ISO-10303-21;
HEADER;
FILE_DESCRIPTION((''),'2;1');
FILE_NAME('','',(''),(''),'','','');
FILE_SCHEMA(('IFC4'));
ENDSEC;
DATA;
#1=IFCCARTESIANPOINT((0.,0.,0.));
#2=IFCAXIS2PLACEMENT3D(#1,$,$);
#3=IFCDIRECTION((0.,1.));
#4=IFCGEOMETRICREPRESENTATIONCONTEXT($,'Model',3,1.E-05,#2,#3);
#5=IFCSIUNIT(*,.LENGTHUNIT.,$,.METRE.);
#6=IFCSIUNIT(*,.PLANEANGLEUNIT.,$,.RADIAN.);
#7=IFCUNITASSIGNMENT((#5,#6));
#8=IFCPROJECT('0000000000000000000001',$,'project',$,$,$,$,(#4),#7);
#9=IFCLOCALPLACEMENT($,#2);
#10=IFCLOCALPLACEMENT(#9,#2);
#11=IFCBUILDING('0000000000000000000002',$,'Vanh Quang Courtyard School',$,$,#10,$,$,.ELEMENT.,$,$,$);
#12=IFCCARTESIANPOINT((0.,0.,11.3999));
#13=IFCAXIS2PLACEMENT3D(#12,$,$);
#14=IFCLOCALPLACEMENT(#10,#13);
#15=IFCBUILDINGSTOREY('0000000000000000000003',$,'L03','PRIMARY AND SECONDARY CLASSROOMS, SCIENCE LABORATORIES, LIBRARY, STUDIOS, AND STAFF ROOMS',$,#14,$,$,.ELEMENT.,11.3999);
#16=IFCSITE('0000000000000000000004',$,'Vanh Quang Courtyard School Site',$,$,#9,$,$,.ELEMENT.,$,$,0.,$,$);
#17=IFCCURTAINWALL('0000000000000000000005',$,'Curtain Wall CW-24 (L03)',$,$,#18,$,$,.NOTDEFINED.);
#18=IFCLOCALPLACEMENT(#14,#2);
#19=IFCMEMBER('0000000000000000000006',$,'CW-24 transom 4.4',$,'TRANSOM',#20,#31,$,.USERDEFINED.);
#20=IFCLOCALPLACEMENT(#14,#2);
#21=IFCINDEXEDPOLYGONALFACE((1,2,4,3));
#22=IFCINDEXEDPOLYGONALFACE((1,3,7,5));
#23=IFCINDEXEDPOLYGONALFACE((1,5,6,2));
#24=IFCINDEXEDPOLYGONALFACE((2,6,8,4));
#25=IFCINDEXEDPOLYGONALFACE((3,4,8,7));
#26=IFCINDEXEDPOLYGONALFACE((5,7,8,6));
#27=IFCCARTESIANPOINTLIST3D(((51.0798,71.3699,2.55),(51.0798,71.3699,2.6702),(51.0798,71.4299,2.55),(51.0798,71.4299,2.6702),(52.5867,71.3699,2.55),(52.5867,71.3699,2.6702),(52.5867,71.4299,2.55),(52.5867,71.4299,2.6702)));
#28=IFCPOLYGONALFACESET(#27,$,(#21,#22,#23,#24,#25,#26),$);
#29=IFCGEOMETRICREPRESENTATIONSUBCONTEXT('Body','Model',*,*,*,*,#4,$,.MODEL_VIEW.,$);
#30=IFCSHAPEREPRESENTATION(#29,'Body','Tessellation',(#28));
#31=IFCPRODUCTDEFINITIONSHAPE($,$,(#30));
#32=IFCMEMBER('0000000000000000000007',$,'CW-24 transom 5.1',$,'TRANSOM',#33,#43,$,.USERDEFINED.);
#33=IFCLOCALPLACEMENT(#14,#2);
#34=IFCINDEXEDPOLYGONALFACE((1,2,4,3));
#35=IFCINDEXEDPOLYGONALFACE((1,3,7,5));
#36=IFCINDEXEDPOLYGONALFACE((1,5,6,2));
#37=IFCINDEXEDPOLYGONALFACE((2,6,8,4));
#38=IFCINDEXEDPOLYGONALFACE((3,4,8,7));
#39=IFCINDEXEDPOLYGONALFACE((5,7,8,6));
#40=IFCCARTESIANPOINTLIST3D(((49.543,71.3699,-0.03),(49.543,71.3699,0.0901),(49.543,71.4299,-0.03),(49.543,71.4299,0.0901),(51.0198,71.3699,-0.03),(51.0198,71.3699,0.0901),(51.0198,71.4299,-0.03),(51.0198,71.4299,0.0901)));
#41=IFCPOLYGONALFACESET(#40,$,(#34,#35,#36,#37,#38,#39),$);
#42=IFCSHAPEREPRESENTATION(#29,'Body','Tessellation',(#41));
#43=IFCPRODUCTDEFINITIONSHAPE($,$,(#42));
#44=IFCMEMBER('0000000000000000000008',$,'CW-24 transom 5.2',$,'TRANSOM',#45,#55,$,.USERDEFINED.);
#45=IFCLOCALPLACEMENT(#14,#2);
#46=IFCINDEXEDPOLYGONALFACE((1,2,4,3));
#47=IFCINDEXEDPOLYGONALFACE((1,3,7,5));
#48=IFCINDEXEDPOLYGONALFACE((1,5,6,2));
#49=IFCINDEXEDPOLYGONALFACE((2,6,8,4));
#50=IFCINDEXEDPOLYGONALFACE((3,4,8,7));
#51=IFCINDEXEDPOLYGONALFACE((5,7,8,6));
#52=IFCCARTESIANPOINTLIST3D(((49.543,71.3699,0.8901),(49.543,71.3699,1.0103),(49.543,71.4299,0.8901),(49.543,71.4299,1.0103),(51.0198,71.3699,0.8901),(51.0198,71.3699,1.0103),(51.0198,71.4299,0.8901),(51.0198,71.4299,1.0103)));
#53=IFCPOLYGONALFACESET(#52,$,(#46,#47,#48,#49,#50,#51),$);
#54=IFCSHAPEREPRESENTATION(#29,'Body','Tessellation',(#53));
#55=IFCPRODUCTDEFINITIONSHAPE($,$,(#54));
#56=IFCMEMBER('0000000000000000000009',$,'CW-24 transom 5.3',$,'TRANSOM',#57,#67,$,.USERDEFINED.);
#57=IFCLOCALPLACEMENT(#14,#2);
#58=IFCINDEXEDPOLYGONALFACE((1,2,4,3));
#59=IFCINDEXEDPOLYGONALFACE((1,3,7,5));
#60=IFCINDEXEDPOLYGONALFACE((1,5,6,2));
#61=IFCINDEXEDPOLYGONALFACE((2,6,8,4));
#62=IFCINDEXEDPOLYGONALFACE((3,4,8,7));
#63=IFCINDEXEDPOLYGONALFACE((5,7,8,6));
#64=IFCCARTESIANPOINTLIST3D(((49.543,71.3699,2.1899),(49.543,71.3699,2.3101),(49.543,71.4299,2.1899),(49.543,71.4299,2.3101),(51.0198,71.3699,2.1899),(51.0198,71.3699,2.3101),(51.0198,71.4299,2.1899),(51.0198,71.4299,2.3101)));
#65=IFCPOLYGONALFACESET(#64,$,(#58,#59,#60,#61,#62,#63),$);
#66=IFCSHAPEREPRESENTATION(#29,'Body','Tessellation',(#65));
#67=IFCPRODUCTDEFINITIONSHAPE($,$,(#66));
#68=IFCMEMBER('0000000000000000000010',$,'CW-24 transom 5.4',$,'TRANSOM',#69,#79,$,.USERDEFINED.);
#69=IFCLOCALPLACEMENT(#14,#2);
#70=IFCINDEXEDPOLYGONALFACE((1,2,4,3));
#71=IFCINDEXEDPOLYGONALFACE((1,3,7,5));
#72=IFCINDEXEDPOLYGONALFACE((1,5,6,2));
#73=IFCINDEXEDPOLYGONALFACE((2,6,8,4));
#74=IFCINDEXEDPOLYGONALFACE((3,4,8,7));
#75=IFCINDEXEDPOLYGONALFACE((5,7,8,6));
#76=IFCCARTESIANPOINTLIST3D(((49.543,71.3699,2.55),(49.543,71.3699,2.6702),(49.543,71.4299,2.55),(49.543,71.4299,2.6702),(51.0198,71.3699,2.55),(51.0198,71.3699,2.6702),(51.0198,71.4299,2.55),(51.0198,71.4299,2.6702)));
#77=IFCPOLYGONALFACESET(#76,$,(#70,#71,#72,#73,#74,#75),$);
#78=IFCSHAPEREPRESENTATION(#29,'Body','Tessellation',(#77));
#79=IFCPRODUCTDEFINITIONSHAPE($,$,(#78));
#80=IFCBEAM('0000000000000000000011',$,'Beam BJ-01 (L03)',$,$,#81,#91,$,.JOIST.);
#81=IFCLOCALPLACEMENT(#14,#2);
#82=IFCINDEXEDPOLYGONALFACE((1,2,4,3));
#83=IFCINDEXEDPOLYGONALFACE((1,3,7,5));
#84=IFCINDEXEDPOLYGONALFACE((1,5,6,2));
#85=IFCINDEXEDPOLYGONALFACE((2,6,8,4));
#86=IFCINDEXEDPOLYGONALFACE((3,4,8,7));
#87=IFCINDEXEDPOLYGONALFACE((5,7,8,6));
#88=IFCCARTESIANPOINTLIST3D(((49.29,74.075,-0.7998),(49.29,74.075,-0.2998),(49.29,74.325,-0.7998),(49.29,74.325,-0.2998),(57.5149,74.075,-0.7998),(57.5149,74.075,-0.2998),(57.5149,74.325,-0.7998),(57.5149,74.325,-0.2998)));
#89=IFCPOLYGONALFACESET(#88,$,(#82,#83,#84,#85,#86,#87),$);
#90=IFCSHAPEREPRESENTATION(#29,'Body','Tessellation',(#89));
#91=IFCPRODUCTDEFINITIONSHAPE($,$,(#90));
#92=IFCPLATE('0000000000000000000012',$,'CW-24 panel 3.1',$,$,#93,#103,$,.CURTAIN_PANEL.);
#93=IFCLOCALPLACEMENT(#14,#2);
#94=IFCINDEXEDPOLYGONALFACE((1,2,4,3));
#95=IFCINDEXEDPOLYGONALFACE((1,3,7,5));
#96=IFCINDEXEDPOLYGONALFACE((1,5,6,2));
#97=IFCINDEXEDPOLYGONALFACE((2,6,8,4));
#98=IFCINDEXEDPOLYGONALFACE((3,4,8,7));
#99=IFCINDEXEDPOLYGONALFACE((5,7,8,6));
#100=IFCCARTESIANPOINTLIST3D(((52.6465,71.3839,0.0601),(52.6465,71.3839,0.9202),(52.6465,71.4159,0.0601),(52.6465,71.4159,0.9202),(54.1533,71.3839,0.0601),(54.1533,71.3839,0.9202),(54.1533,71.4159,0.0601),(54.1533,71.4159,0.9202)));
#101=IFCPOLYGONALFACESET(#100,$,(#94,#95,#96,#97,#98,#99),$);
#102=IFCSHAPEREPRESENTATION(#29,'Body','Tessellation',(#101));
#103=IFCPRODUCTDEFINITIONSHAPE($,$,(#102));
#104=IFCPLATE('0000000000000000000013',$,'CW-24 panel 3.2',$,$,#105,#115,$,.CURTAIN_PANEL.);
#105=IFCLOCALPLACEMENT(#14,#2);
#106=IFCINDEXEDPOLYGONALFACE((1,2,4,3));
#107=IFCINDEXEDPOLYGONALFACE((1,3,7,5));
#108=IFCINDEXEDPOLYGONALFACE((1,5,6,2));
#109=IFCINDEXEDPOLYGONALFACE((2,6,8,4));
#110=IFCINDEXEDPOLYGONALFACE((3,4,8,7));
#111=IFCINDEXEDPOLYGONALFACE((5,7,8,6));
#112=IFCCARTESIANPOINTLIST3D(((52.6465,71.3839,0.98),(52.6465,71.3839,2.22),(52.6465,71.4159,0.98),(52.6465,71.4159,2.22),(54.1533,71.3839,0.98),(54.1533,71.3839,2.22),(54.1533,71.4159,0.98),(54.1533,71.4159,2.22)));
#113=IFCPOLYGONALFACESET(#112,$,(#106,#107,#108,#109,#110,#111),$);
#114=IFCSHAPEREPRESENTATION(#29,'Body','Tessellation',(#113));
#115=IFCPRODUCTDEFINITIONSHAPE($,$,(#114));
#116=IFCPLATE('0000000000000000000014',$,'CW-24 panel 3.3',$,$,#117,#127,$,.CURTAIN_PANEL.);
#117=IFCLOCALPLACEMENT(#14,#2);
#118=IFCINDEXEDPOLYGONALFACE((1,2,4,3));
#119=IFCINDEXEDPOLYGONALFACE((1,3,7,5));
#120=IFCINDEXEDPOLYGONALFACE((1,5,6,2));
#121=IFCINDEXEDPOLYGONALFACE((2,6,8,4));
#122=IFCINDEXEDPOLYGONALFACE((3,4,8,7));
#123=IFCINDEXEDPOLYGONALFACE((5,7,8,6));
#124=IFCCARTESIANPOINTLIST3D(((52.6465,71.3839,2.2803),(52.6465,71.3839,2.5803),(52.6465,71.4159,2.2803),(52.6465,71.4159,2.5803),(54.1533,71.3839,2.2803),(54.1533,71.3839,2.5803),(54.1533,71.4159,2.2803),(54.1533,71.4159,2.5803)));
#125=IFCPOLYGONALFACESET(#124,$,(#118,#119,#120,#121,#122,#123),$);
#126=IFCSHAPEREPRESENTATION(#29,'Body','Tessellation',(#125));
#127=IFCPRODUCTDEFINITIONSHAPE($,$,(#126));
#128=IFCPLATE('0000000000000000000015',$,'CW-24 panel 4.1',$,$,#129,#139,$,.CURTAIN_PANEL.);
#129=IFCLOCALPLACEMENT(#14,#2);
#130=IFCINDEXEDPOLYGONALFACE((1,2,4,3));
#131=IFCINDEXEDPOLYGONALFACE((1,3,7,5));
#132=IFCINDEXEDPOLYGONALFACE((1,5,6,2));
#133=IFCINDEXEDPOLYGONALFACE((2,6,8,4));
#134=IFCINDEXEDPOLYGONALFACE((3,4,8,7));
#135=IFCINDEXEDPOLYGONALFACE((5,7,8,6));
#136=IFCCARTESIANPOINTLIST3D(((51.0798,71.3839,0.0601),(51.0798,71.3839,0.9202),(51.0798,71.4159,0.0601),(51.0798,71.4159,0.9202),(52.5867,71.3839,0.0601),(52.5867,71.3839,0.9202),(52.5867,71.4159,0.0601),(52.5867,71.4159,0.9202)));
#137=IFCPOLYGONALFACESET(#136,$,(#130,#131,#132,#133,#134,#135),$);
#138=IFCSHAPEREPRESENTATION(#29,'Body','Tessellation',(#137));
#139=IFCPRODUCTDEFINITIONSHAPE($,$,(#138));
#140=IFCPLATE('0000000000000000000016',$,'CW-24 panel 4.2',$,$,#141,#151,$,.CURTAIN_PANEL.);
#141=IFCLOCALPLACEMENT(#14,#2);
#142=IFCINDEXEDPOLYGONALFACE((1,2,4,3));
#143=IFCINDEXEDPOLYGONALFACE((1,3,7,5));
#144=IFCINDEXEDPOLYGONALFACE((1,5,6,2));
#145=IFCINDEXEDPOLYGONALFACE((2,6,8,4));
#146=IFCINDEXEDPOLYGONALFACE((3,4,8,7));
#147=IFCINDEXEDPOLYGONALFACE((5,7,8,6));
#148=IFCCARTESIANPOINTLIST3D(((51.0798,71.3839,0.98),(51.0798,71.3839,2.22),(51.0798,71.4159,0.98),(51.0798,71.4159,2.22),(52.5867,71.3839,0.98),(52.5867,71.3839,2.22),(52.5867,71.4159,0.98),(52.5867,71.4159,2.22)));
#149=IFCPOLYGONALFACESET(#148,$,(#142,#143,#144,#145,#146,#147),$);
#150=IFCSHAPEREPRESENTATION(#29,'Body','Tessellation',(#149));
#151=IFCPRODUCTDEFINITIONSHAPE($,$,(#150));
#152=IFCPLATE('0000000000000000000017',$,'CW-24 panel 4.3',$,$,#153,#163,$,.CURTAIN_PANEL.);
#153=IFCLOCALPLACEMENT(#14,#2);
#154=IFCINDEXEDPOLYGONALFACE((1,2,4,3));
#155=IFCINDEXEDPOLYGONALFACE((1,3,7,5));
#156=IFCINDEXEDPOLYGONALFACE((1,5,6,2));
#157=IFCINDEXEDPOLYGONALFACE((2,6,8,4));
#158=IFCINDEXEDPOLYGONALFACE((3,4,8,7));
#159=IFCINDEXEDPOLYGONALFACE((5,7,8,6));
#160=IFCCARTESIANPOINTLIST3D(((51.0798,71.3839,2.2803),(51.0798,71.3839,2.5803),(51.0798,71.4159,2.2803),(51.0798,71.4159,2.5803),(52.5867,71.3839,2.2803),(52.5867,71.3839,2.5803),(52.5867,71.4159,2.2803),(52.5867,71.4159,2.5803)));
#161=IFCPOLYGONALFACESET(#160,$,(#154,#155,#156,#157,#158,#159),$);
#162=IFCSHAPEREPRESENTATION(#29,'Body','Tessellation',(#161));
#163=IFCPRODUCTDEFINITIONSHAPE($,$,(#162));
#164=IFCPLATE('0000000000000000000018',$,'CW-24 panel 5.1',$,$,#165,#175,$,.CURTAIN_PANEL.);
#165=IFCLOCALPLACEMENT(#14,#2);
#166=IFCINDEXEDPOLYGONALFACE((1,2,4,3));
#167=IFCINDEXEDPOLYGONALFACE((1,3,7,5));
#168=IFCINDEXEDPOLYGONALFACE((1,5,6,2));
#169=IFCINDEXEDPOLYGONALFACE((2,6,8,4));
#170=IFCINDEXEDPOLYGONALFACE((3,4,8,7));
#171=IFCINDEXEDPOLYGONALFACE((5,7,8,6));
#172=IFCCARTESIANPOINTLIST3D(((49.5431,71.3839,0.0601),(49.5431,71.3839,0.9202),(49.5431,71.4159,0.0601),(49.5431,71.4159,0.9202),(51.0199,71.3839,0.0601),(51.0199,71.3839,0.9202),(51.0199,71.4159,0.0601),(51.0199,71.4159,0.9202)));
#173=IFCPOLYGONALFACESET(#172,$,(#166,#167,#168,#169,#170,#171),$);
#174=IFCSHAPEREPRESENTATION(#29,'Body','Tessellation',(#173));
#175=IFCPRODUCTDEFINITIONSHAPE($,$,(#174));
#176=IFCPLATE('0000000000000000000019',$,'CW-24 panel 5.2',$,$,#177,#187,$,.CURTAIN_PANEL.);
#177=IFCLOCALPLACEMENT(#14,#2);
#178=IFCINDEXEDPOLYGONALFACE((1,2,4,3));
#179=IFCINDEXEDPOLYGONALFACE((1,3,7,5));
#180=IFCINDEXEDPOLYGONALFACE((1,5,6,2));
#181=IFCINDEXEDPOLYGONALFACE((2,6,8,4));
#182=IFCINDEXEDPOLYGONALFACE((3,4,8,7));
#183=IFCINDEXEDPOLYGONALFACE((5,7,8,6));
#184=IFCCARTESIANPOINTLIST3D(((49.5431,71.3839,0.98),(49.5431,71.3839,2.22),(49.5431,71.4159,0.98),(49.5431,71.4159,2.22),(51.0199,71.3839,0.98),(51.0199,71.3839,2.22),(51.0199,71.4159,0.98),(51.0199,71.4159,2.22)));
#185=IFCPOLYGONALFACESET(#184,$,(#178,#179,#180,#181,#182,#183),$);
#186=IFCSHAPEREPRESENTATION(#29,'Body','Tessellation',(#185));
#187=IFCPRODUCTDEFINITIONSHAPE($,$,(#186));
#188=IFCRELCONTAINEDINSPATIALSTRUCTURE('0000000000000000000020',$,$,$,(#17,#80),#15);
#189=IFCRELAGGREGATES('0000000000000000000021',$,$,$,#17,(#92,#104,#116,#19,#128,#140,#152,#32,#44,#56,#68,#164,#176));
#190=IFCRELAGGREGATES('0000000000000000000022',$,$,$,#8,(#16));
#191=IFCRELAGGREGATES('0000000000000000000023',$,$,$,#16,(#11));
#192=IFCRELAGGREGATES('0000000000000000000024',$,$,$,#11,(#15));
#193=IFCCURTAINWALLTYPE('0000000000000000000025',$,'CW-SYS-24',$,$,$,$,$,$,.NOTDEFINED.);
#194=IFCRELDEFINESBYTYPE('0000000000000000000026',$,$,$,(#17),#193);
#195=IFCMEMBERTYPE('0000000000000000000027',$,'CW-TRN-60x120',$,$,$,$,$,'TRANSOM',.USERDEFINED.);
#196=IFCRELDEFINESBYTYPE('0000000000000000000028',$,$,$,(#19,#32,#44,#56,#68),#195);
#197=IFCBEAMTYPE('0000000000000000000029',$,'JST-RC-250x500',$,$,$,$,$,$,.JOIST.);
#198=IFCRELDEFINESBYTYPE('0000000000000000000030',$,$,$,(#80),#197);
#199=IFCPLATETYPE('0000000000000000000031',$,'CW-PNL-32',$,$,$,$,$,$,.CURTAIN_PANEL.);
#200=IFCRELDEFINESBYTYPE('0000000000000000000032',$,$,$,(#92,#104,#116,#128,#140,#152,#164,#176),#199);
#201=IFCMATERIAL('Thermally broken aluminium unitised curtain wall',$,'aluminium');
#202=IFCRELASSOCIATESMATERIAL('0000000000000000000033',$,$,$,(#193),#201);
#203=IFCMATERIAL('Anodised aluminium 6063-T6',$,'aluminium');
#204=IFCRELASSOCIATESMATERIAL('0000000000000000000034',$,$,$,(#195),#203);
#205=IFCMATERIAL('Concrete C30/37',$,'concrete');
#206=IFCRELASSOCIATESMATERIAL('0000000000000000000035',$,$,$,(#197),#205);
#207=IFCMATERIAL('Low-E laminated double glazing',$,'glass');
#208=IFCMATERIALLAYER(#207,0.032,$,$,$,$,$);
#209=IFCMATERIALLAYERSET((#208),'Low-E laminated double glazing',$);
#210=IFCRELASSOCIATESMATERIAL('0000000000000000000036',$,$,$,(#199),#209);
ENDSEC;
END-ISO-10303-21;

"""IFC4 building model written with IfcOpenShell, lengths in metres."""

from ifc_helpers import new_model, si_unit, direction, frame, origin, origin_2d, place, context, subcontext, project, spatial, rectangle, extrude, material, layer, layer_set, material_profile, profile_set, type_object, element, aggregate, save


model = new_model("IFC4")

# Units and contexts
model_context = context("Model", 3, precision=1e-05, world=origin(), true_north=direction((0.0, 1.0)))
body_context = subcontext(model_context, "Body", "Model", "MODEL_VIEW")
ifc_project = project(units=[si_unit("LENGTHUNIT", "METRE"), si_unit("PLANEANGLEUNIT", "RADIAN")], contexts=[model_context])

# Site, building, storey
site_placement = place(None, origin())
site = spatial("IfcSite", under=ifc_project, at=site_placement, Name="Vanh Quang Courtyard School Site", CompositionType="ELEMENT", RefElevation=0.0)
building_placement = place(site_placement, origin())
building = spatial("IfcBuilding", under=site, at=building_placement, Name="Vanh Quang Courtyard School", CompositionType="ELEMENT")
storey_placement = place(building_placement, frame((0.0, 0.0, 11.3999)))
storey = spatial("IfcBuildingStorey", under=building, at=storey_placement, Name="L03", Description="PRIMARY AND SECONDARY CLASSROOMS, SCIENCE LABORATORIES, LIBRARY, STUDIOS, AND STAFF ROOMS", CompositionType="ELEMENT", Elevation=11.3999)

# Curtain wall, members
ifc_material_1 = material(Name="Thermally broken aluminium unitised curtain wall", Category="aluminium")
curtain_wall_type = type_object("IfcCurtainWallType", Name="CW-SYS-24", PredefinedType="NOTDEFINED", material=ifc_material_1)
curtain_wall_placement = place(storey_placement, origin())
curtain_wall = element("IfcCurtainWall", 1, at=curtain_wall_placement, inside=storey, type_object=curtain_wall_type, Name="Curtain Wall CW-24 (L03)", PredefinedType="NOTDEFINED")
ifc_material_2 = material(Name="Anodised aluminium 6063-T6", Category="aluminium")
ifc_material_profile_1 = material_profile(ifc_material_2, rectangle(XDim=0.0601, YDim=0.1201, at=origin_2d()), Name="ALU-TRN 60x120")
ifc_profile_set_1 = profile_set([ifc_material_profile_1], Name="Anodised aluminium 6063-T6")
member_type_1 = type_object("IfcMemberType", Name="CW-TRN-60x120", ElementType="TRANSOM", PredefinedType="USERDEFINED", material=ifc_profile_set_1)
member_1_placement = place(storey_placement, frame((52.5867, 71.3999, 2.6101), z_axis=(-1.0, 0.0, 0.0), x_axis=(0.0, -1.0, 0.0)))
member_1 = element("IfcMember", 2, at=member_1_placement, type_object=member_type_1, Name="CW-24 transom 4.4", ObjectType="TRANSOM", PredefinedType="USERDEFINED", context=body_context, shape_type="SweptSolid", body=[
    extrude(rectangle(XDim=0.0601, YDim=0.1201, at=origin_2d()), origin(), (0.0, 0.0, 1.0), 1.5068),
])
member_2_placement = place(storey_placement, frame((51.0198, 71.3999, 0.03), z_axis=(-1.0, 0.0, 0.0), x_axis=(0.0, -1.0, 0.0)))
member_2 = element("IfcMember", 3, at=member_2_placement, type_object=member_type_1, Name="CW-24 transom 5.1", ObjectType="TRANSOM", PredefinedType="USERDEFINED", context=body_context, shape_type="SweptSolid", body=[
    extrude(rectangle(XDim=0.0601, YDim=0.1201, at=origin_2d()), origin(), (0.0, 0.0, 1.0), 1.4768),
])
member_3_placement = place(storey_placement, frame((51.0198, 71.3999, 0.9502), z_axis=(-1.0, 0.0, 0.0), x_axis=(0.0, -1.0, 0.0)))
member_3 = element("IfcMember", 4, at=member_3_placement, type_object=member_type_1, Name="CW-24 transom 5.2", ObjectType="TRANSOM", PredefinedType="USERDEFINED", context=body_context, shape_type="SweptSolid", body=[
    extrude(rectangle(XDim=0.0601, YDim=0.1201, at=origin_2d()), origin(), (0.0, 0.0, 1.0), 1.4768),
])
member_4_placement = place(storey_placement, frame((51.0198, 71.3999, 2.25), z_axis=(-1.0, 0.0, 0.0), x_axis=(0.0, -1.0, 0.0)))
member_4 = element("IfcMember", 5, at=member_4_placement, type_object=member_type_1, Name="CW-24 transom 5.3", ObjectType="TRANSOM", PredefinedType="USERDEFINED", context=body_context, shape_type="SweptSolid", body=[
    extrude(rectangle(XDim=0.0601, YDim=0.1201, at=origin_2d()), origin(), (0.0, 0.0, 1.0), 1.4768),
])
member_5_placement = place(storey_placement, frame((51.0198, 71.3999, 2.6101), z_axis=(-1.0, 0.0, 0.0), x_axis=(0.0, -1.0, 0.0)))
member_5 = element("IfcMember", 6, at=member_5_placement, type_object=member_type_1, Name="CW-24 transom 5.4", ObjectType="TRANSOM", PredefinedType="USERDEFINED", context=body_context, shape_type="SweptSolid", body=[
    extrude(rectangle(XDim=0.0601, YDim=0.1201, at=origin_2d()), origin(), (0.0, 0.0, 1.0), 1.4768),
])

# Beam
ifc_material_3 = material(Name="Concrete C30/37", Category="concrete")
ifc_material_profile_2 = material_profile(ifc_material_3, rectangle(XDim=0.25, YDim=0.5, at=origin_2d()), Name="RC-JST 250x500")
ifc_profile_set_2 = profile_set([ifc_material_profile_2], Name="Concrete C30/37")
beam_type_1 = type_object("IfcBeamType", Name="JST-RC-250x500", PredefinedType="JOIST", material=ifc_profile_set_2)
beam_1_placement = place(storey_placement, frame((49.29, 74.2, -0.5498), z_axis=(1.0, 0.0, 0.0), x_axis=(0.0, 1.0, 0.0)))
element("IfcBeam", 7, at=beam_1_placement, inside=storey, type_object=beam_type_1, Name="Beam BJ-01 (L03)", PredefinedType="JOIST", context=body_context, shape_type="SweptSolid", body=[
    extrude(rectangle(XDim=0.25, YDim=0.5, at=origin_2d()), origin(), (0.0, 0.0, 1.0), 8.2249),
])

# Plates
ifc_material_4 = material(Name="Low-E laminated double glazing", Category="glass")
ifc_layer_1 = layer(ifc_material_4, 0.032)
ifc_layer_set_1 = layer_set([ifc_layer_1], Name="Low-E laminated double glazing")
plate_type = type_object("IfcPlateType", Name="CW-PNL-32", PredefinedType="CURTAIN_PANEL", material=ifc_layer_set_1)
plate_1_placement = place(storey_placement, frame((53.3999, 71.3999, 0.0601), z_axis=(0.0, 0.0, 1.0), x_axis=(-1.0, 0.0, 0.0)))
plate_1 = element("IfcPlate", 8, at=plate_1_placement, type_object=plate_type, Name="CW-24 panel 3.1", PredefinedType="CURTAIN_PANEL", context=body_context, shape_type="SweptSolid", body=[
    extrude(rectangle(XDim=1.5068, YDim=0.032, at=origin_2d()), origin(), (0.0, 0.0, 1.0), 0.8601),
])
plate_2_placement = place(storey_placement, frame((53.3999, 71.3999, 0.98), z_axis=(0.0, 0.0, 1.0), x_axis=(-1.0, 0.0, 0.0)))
plate_2 = element("IfcPlate", 9, at=plate_2_placement, type_object=plate_type, Name="CW-24 panel 3.2", PredefinedType="CURTAIN_PANEL", context=body_context, shape_type="SweptSolid", body=[
    extrude(rectangle(XDim=1.5068, YDim=0.032, at=origin_2d()), origin(), (0.0, 0.0, 1.0), 1.24),
])
plate_3_placement = place(storey_placement, frame((53.3999, 71.3999, 2.2803), z_axis=(0.0, 0.0, 1.0), x_axis=(-1.0, 0.0, 0.0)))
plate_3 = element("IfcPlate", 10, at=plate_3_placement, type_object=plate_type, Name="CW-24 panel 3.3", PredefinedType="CURTAIN_PANEL", context=body_context, shape_type="SweptSolid", body=[
    extrude(rectangle(XDim=1.5068, YDim=0.032, at=origin_2d()), origin(), (0.0, 0.0, 1.0), 0.3),
])
plate_4_placement = place(storey_placement, frame((51.8333, 71.3999, 0.0601), z_axis=(0.0, 0.0, 1.0), x_axis=(-1.0, 0.0, 0.0)))
plate_4 = element("IfcPlate", 11, at=plate_4_placement, type_object=plate_type, Name="CW-24 panel 4.1", PredefinedType="CURTAIN_PANEL", context=body_context, shape_type="SweptSolid", body=[
    extrude(rectangle(XDim=1.5068, YDim=0.032, at=origin_2d()), origin(), (0.0, 0.0, 1.0), 0.8601),
])
plate_5_placement = place(storey_placement, frame((51.8333, 71.3999, 0.98), z_axis=(0.0, 0.0, 1.0), x_axis=(-1.0, 0.0, 0.0)))
plate_5 = element("IfcPlate", 12, at=plate_5_placement, type_object=plate_type, Name="CW-24 panel 4.2", PredefinedType="CURTAIN_PANEL", context=body_context, shape_type="SweptSolid", body=[
    extrude(rectangle(XDim=1.5068, YDim=0.032, at=origin_2d()), origin(), (0.0, 0.0, 1.0), 1.24),
])
plate_6_placement = place(storey_placement, frame((51.8333, 71.3999, 2.2803), z_axis=(0.0, 0.0, 1.0), x_axis=(-1.0, 0.0, 0.0)))
plate_6 = element("IfcPlate", 13, at=plate_6_placement, type_object=plate_type, Name="CW-24 panel 4.3", PredefinedType="CURTAIN_PANEL", context=body_context, shape_type="SweptSolid", body=[
    extrude(rectangle(XDim=1.5068, YDim=0.032, at=origin_2d()), origin(), (0.0, 0.0, 1.0), 0.3),
])
plate_7_placement = place(storey_placement, frame((50.2815, 71.3999, 0.0601), z_axis=(0.0, 0.0, 1.0), x_axis=(-1.0, 0.0, 0.0)))
plate_7 = element("IfcPlate", 14, at=plate_7_placement, type_object=plate_type, Name="CW-24 panel 5.1", PredefinedType="CURTAIN_PANEL", context=body_context, shape_type="SweptSolid", body=[
    extrude(rectangle(XDim=1.4768, YDim=0.032, at=origin_2d()), origin(), (0.0, 0.0, 1.0), 0.8601),
])
plate_8_placement = place(storey_placement, frame((50.2815, 71.3999, 0.98), z_axis=(0.0, 0.0, 1.0), x_axis=(-1.0, 0.0, 0.0)))
plate_8 = element("IfcPlate", 15, at=plate_8_placement, type_object=plate_type, Name="CW-24 panel 5.2", PredefinedType="CURTAIN_PANEL", context=body_context, shape_type="SweptSolid", body=[
    extrude(rectangle(XDim=1.4768, YDim=0.032, at=origin_2d()), origin(), (0.0, 0.0, 1.0), 1.24),
])
aggregate(curtain_wall, [plate_1, plate_2, plate_3, member_1, plate_4, plate_5, plate_6, member_2, member_3, member_4, member_5, plate_7, plate_8])

save(model, "model.ifc")
